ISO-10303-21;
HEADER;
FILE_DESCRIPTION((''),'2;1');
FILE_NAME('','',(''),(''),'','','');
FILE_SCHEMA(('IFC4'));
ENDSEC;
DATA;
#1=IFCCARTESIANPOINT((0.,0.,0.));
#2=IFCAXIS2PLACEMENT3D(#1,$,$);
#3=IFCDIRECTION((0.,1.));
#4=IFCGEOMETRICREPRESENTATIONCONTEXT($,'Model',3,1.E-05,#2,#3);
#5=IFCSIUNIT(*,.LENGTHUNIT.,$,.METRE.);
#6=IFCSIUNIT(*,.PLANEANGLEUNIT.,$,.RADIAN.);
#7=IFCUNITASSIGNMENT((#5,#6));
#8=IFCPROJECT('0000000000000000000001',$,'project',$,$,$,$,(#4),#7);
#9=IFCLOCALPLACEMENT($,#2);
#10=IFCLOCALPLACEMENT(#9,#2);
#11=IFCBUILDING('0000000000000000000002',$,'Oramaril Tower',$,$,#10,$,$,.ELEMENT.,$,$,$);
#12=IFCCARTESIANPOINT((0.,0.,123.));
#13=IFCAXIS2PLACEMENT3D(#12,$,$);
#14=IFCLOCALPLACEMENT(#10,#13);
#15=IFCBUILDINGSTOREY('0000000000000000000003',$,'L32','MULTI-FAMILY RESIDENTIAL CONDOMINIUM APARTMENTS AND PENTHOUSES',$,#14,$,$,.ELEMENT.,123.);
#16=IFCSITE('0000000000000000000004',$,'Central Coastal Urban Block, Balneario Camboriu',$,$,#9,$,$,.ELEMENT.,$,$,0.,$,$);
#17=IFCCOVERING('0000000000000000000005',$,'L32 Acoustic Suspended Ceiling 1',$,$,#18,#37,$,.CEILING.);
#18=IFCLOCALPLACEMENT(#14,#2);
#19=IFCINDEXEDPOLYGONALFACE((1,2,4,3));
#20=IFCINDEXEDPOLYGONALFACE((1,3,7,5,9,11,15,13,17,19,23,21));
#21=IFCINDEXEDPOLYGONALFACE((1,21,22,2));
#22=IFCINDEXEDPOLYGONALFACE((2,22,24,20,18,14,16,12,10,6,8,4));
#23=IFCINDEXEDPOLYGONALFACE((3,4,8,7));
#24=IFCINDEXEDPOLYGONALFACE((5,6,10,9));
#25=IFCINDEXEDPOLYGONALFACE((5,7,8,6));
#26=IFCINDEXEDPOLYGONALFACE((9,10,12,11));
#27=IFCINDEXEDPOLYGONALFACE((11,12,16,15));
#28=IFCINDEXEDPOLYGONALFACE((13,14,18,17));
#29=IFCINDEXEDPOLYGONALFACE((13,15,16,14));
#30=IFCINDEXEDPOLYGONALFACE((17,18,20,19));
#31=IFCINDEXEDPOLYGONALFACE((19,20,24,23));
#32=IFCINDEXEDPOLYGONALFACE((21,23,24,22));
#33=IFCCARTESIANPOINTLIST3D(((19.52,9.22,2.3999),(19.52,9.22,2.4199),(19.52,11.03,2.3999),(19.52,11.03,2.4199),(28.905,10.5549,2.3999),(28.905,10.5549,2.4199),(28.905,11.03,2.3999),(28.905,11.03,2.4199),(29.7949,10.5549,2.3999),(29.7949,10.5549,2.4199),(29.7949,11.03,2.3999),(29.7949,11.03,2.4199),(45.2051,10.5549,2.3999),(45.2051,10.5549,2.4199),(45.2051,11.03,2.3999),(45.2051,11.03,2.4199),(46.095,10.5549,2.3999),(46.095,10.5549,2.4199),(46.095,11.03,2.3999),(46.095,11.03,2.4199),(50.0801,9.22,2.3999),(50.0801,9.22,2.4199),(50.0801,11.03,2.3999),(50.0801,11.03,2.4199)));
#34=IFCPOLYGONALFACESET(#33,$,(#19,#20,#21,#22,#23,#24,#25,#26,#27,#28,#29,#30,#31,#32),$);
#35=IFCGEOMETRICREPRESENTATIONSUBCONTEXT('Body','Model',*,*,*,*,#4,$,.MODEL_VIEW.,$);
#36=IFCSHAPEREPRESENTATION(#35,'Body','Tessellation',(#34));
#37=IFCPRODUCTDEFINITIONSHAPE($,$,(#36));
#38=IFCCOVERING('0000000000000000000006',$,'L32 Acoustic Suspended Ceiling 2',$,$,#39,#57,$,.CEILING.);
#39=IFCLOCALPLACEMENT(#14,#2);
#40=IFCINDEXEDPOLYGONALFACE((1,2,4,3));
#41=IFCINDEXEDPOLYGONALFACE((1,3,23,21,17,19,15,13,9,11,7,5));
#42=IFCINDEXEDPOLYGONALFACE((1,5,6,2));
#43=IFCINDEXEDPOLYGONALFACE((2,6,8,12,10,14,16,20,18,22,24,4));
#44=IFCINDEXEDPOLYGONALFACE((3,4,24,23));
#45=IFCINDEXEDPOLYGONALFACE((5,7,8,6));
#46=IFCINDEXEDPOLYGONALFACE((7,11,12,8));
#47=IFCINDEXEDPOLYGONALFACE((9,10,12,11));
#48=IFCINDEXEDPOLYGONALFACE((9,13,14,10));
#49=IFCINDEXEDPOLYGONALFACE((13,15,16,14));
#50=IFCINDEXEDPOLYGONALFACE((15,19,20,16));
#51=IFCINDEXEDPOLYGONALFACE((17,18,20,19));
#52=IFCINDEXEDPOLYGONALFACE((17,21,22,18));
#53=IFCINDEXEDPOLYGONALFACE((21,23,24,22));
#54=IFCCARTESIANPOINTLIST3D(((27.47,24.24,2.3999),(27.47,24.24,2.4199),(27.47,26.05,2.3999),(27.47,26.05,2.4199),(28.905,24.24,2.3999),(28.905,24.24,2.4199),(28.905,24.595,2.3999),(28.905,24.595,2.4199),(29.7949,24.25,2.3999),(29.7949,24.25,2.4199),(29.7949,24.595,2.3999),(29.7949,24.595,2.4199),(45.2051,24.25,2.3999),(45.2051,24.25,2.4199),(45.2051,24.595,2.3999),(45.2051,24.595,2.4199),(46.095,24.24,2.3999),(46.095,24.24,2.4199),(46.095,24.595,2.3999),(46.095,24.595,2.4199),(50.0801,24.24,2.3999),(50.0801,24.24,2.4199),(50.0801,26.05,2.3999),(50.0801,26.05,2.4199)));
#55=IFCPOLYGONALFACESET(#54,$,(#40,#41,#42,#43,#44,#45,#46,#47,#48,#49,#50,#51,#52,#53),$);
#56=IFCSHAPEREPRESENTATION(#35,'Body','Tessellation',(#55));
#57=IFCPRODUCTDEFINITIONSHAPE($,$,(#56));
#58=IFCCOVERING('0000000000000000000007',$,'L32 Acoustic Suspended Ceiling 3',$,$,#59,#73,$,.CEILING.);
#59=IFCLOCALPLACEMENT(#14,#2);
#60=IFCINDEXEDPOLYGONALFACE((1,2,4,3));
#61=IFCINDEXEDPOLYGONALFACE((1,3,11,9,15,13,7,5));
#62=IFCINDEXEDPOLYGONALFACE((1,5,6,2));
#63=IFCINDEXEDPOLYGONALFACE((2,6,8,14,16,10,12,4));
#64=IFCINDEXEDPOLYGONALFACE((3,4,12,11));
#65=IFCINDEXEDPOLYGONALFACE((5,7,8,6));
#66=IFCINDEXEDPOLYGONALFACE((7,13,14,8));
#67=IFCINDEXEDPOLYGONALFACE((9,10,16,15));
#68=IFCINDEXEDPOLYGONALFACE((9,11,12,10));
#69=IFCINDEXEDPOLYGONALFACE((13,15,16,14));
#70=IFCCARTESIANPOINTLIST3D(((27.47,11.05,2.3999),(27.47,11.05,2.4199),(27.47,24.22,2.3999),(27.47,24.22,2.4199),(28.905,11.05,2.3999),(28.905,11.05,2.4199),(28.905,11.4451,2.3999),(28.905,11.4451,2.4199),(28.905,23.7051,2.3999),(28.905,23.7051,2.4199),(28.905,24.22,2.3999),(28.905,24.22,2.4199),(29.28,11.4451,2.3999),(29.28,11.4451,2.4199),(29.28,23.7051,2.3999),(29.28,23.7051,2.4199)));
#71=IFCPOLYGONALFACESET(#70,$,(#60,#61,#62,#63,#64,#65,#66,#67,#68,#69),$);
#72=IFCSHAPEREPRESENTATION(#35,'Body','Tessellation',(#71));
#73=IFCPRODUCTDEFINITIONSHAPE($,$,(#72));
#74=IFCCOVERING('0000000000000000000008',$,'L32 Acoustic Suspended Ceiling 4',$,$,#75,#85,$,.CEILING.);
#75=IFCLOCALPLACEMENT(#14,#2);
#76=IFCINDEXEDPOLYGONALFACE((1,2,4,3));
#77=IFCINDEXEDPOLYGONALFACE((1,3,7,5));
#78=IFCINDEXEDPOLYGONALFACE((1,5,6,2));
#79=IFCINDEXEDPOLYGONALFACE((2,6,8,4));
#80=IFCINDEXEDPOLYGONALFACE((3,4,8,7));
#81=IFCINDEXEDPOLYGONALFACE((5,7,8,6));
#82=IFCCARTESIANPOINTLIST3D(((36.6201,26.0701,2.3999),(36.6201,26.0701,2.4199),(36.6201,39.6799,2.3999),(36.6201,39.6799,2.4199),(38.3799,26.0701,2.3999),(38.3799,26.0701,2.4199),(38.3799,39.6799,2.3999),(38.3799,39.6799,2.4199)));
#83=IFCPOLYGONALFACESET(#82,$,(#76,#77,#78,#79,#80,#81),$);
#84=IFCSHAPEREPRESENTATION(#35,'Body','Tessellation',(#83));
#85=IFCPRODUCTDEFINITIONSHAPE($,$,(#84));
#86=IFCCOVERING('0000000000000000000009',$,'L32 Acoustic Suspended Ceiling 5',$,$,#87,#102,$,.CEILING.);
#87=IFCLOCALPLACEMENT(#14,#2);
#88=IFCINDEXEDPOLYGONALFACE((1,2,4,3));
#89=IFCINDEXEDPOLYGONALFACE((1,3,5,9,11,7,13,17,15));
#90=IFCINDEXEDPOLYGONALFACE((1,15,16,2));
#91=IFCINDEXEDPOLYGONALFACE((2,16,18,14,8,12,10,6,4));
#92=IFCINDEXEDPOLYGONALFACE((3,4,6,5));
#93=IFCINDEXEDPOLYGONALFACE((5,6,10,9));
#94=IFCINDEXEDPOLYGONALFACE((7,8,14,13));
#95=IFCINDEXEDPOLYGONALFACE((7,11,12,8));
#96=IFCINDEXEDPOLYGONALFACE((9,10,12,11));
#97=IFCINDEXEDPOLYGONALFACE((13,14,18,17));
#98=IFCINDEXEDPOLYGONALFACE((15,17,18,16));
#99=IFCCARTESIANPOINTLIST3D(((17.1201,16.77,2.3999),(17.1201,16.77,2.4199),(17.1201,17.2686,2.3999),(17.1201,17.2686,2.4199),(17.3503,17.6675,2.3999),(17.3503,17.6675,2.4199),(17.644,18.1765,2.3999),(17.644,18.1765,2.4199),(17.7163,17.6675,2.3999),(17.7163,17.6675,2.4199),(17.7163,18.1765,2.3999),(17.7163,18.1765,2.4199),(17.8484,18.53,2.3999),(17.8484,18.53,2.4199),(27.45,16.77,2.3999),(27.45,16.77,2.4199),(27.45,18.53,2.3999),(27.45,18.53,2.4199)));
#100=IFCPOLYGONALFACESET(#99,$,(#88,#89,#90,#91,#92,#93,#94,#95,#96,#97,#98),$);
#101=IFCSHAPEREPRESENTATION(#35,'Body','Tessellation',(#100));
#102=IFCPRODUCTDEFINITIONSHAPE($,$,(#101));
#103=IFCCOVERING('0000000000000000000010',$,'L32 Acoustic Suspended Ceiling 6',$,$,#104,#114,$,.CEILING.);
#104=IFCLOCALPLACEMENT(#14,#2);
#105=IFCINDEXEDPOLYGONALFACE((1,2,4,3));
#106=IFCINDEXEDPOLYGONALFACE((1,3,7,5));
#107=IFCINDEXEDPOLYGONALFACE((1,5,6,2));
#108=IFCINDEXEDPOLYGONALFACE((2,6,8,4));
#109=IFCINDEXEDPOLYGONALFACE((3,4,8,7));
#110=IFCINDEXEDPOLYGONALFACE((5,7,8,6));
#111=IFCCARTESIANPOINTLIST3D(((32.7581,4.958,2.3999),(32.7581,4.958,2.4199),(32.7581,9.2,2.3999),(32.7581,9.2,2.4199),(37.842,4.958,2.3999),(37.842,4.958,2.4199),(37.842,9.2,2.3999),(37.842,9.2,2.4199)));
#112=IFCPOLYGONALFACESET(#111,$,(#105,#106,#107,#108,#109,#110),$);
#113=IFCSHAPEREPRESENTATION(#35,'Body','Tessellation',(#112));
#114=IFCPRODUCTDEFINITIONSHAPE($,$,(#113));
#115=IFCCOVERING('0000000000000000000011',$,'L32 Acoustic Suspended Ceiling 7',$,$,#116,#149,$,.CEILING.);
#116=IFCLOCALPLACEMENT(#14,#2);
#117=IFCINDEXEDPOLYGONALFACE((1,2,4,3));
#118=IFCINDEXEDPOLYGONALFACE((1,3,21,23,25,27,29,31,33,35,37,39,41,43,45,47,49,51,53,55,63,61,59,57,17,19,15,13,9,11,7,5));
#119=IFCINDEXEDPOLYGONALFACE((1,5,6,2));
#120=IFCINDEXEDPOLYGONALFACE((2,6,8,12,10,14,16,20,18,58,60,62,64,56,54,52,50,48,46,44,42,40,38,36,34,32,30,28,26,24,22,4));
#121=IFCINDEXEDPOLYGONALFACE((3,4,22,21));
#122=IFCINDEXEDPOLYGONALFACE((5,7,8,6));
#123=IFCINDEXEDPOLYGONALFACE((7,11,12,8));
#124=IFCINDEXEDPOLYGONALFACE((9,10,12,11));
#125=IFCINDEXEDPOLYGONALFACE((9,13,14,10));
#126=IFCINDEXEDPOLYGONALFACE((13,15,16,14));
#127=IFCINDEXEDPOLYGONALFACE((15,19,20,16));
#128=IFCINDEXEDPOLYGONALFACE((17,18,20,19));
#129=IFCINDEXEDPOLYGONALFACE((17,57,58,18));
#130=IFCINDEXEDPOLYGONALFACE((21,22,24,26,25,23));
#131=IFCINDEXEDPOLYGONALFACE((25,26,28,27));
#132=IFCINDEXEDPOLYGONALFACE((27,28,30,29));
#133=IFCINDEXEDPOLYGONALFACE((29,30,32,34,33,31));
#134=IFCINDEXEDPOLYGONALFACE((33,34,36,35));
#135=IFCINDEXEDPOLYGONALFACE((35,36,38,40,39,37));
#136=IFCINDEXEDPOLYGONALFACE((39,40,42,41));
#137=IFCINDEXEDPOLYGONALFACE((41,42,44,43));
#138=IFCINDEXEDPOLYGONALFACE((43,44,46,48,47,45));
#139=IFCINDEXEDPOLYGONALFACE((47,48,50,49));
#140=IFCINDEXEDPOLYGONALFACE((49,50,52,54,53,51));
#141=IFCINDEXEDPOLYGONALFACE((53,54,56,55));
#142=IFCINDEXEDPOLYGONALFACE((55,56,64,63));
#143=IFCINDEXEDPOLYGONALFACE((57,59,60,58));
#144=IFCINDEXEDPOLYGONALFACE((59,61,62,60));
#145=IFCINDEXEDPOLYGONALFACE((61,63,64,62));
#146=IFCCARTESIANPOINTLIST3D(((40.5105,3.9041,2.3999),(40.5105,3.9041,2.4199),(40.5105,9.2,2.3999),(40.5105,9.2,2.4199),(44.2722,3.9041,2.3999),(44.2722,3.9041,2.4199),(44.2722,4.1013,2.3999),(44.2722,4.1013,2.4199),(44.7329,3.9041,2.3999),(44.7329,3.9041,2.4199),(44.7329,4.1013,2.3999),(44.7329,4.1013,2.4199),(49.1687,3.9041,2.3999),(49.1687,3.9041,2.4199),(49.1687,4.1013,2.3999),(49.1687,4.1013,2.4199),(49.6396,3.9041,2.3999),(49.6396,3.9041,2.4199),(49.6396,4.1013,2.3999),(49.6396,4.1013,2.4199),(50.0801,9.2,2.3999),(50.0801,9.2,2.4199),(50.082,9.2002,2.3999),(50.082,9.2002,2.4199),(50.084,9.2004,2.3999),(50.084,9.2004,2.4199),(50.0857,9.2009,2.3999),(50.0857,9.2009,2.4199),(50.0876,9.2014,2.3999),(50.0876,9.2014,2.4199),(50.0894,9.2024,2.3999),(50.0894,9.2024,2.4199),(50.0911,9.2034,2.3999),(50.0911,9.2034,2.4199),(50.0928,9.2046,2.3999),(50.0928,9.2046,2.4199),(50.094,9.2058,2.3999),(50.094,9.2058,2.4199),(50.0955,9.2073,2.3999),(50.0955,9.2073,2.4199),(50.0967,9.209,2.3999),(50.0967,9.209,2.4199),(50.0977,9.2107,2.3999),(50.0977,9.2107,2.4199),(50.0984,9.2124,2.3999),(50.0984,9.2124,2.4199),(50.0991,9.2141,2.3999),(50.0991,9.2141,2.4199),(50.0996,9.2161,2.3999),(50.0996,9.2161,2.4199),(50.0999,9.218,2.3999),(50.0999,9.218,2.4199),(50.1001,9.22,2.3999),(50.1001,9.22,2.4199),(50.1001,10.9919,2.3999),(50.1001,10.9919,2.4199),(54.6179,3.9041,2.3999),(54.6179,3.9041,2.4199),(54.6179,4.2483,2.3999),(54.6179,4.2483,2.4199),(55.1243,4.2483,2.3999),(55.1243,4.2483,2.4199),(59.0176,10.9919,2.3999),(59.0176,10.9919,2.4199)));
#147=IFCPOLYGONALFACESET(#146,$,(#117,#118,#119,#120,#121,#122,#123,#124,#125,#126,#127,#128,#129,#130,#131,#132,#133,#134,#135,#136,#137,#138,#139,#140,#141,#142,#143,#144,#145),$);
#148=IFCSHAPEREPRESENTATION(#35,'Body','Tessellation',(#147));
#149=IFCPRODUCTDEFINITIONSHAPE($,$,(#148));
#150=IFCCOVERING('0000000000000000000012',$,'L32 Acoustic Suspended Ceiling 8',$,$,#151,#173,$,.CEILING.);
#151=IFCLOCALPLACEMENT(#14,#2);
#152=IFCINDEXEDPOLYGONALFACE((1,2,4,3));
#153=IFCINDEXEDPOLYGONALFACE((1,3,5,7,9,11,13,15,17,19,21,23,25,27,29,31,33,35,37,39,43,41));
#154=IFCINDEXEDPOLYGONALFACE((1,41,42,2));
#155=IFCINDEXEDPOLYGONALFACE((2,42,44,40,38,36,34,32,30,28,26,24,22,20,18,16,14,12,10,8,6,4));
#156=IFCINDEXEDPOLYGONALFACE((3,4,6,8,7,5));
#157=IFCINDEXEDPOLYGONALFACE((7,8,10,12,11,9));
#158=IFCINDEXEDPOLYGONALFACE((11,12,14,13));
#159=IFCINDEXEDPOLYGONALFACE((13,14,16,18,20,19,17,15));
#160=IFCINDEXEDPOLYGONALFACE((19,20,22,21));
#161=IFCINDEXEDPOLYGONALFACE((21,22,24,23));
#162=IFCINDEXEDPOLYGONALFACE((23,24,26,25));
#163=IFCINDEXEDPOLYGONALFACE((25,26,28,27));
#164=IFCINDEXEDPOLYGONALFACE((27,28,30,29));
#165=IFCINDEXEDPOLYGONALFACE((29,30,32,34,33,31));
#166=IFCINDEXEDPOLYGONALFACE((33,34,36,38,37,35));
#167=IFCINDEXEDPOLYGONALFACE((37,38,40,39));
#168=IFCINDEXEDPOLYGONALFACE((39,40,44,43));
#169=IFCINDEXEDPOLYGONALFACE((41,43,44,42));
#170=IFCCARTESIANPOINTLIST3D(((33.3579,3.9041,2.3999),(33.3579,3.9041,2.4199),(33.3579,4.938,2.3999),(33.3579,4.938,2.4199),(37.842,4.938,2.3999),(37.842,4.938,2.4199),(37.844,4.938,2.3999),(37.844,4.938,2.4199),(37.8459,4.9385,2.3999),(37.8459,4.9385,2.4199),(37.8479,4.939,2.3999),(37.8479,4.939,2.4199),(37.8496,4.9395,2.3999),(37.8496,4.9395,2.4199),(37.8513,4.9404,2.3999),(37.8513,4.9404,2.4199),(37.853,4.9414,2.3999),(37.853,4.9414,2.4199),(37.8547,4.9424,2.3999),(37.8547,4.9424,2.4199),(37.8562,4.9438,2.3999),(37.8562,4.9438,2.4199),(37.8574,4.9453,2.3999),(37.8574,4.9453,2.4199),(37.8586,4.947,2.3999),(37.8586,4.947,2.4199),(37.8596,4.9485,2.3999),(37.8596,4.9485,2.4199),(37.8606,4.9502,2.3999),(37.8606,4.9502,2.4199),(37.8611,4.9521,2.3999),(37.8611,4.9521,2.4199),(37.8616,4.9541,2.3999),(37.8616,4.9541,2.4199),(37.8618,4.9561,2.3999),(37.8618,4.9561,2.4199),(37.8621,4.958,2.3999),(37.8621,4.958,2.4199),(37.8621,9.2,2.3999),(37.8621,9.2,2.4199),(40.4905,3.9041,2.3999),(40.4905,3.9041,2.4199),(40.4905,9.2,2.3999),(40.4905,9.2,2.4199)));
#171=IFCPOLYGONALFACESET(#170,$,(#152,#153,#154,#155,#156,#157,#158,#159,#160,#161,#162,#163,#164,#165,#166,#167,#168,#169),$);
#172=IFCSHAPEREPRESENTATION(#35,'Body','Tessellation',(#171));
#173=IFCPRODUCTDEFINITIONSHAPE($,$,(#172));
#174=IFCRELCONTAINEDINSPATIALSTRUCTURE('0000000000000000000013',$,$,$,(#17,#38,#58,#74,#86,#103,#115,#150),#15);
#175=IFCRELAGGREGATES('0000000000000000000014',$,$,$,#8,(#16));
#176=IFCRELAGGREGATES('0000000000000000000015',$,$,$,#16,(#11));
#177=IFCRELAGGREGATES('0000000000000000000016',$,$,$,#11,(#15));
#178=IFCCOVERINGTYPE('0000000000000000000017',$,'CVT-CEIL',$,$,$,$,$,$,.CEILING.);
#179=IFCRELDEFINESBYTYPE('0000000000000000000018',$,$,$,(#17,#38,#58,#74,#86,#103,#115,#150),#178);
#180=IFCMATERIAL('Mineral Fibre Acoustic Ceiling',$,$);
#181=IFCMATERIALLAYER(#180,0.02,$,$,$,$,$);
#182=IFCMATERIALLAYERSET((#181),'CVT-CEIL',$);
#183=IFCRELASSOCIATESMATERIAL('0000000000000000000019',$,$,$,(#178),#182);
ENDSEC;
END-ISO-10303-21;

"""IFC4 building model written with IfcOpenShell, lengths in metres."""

from ifc_helpers import new_model, si_unit, direction, frame, origin, place, context, subcontext, project, spatial, polyline, outline, extrude, material, layer, layer_set, type_object, element, save


model = new_model("IFC4")

# Units and contexts
model_context = context("Model", 3, precision=1e-05, world=origin(), true_north=direction((0.0, 1.0)))
body_context = subcontext(model_context, "Body", "Model", "MODEL_VIEW")
ifc_project = project(units=[si_unit("LENGTHUNIT", "METRE"), si_unit("PLANEANGLEUNIT", "RADIAN")], contexts=[model_context])

# Site, building, storey
site_placement = place(None, origin())
site = spatial("IfcSite", under=ifc_project, at=site_placement, Name="Central Coastal Urban Block, Balneario Camboriu", CompositionType="ELEMENT", RefElevation=0.0)
building_placement = place(site_placement, origin())
building = spatial("IfcBuilding", under=site, at=building_placement, Name="Oramaril Tower", CompositionType="ELEMENT")
storey_placement = place(building_placement, frame((0.0, 0.0, 123.0)))
storey = spatial("IfcBuildingStorey", under=building, at=storey_placement, Name="L32", Description="MULTI-FAMILY RESIDENTIAL CONDOMINIUM APARTMENTS AND PENTHOUSES", CompositionType="ELEMENT", Elevation=123.0)

# Coverings
ifc_material_1 = material(Name="Mineral Fibre Acoustic Ceiling")
ifc_layer_1 = layer(ifc_material_1, 0.02)
ifc_layer_set_1 = layer_set([ifc_layer_1], Name="CVT-CEIL")
covering_type_1 = type_object("IfcCoveringType", Name="CVT-CEIL", PredefinedType="CEILING", material=ifc_layer_set_1)
covering_1_placement = place(storey_placement, frame((0.0, 0.0, 2.3999)))
element("IfcCovering", 1, at=covering_1_placement, inside=storey, type_object=covering_type_1, Name="L32 Acoustic Suspended Ceiling 1", PredefinedType="CEILING", context=body_context, shape_type="SweptSolid", body=[
    extrude(outline(polyline([(28.905, 10.5549), (29.7949, 10.5549), (29.7949, 11.03), (45.2051, 11.03), (45.2051, 10.5549), (46.095, 10.5549), (46.095, 11.03), (50.0801, 11.03), (50.0801, 9.22), (19.52, 9.22), (19.52, 11.03), (28.905, 11.03), (28.905, 10.5549)])), origin(), (0.0, 0.0, 1.0), 0.02),
])
covering_2_placement = place(storey_placement, frame((0.0, 0.0, 2.3999)))
element("IfcCovering", 2, at=covering_2_placement, inside=storey, type_object=covering_type_1, Name="L32 Acoustic Suspended Ceiling 2", PredefinedType="CEILING", context=body_context, shape_type="SweptSolid", body=[
    extrude(outline(polyline([(50.0801, 24.24), (46.095, 24.24), (46.095, 24.595), (45.2051, 24.595), (45.2051, 24.25), (29.7949, 24.25), (29.7949, 24.595), (28.905, 24.595), (28.905, 24.24), (27.47, 24.24), (27.47, 26.05), (50.0801, 26.05), (50.0801, 24.24)])), origin(), (0.0, 0.0, 1.0), 0.02),
])
covering_3_placement = place(storey_placement, frame((0.0, 0.0, 2.3999)))
element("IfcCovering", 3, at=covering_3_placement, inside=storey, type_object=covering_type_1, Name="L32 Acoustic Suspended Ceiling 3", PredefinedType="CEILING", context=body_context, shape_type="SweptSolid", body=[
    extrude(outline(polyline([(28.905, 23.7051), (29.28, 23.7051), (29.28, 11.4451), (28.905, 11.4451), (28.905, 11.05), (27.47, 11.05), (27.47, 24.22), (28.905, 24.22), (28.905, 23.7051)])), origin(), (0.0, 0.0, 1.0), 0.02),
])
covering_4_placement = place(storey_placement, frame((0.0, 0.0, 2.3999)))
element("IfcCovering", 4, at=covering_4_placement, inside=storey, type_object=covering_type_1, Name="L32 Acoustic Suspended Ceiling 4", PredefinedType="CEILING", context=body_context, shape_type="SweptSolid", body=[
    extrude(outline(polyline([(38.3799, 26.0701), (36.6201, 26.0701), (36.6201, 39.6799), (38.3799, 39.6799), (38.3799, 26.0701)])), origin(), (0.0, 0.0, 1.0), 0.02),
])
covering_5_placement = place(storey_placement, frame((0.0, 0.0, 2.3999)))
element("IfcCovering", 5, at=covering_5_placement, inside=storey, type_object=covering_type_1, Name="L32 Acoustic Suspended Ceiling 5", PredefinedType="CEILING", context=body_context, shape_type="SweptSolid", body=[
    extrude(outline(polyline([(17.1201, 16.77), (17.1201, 17.2686), (17.3503, 17.6675), (17.7163, 17.6675), (17.7163, 18.1765), (17.644, 18.1765), (17.8484, 18.53), (27.45, 18.53), (27.45, 16.77), (17.1201, 16.77)])), origin(), (0.0, 0.0, 1.0), 0.02),
])
covering_6_placement = place(storey_placement, frame((0.0, 0.0, 2.3999)))
element("IfcCovering", 6, at=covering_6_placement, inside=storey, type_object=covering_type_1, Name="L32 Acoustic Suspended Ceiling 6", PredefinedType="CEILING", context=body_context, shape_type="SweptSolid", body=[
    extrude(outline(polyline([(32.7581, 4.958), (32.7581, 9.2), (37.842, 9.2), (37.842, 4.958), (32.7581, 4.958)])), origin(), (0.0, 0.0, 1.0), 0.02),
])
covering_7_placement = place(storey_placement, frame((0.0, 0.0, 2.3999)))
element("IfcCovering", 7, at=covering_7_placement, inside=storey, type_object=covering_type_1, Name="L32 Acoustic Suspended Ceiling 7", PredefinedType="CEILING", context=body_context, shape_type="SweptSolid", body=[
    extrude(outline(polyline([(55.1243, 4.2483), (54.6179, 4.2483), (54.6179, 3.9041), (49.6396, 3.9041), (49.6396, 4.1013), (49.1687, 4.1013), (49.1687, 3.9041), (44.7329, 3.9041), (44.7329, 4.1013), (44.2722, 4.1013), (44.2722, 3.9041), (40.5105, 3.9041), (40.5105, 9.2), (50.0801, 9.2), (50.082, 9.2002), (50.084, 9.2004), (50.0857, 9.2009), (50.0876, 9.2014), (50.0894, 9.2024), (50.0911, 9.2034), (50.0928, 9.2046), (50.094, 9.2058), (50.0955, 9.2073), (50.0967, 9.209), (50.0977, 9.2107), (50.0984, 9.2124), (50.0991, 9.2141), (50.0996, 9.2161), (50.0999, 9.218), (50.1001, 9.22), (50.1001, 10.9919), (59.0176, 10.9919), (55.1243, 4.2483)])), origin(), (0.0, 0.0, 1.0), 0.02),
])
covering_8_placement = place(storey_placement, frame((0.0, 0.0, 2.3999)))
element("IfcCovering", 8, at=covering_8_placement, inside=storey, type_object=covering_type_1, Name="L32 Acoustic Suspended Ceiling 8", PredefinedType="CEILING", context=body_context, shape_type="SweptSolid", body=[
    extrude(outline(polyline([(33.3579, 3.9041), (33.3579, 4.938), (37.842, 4.938), (37.844, 4.938), (37.8459, 4.9385), (37.8479, 4.939), (37.8496, 4.9395), (37.8513, 4.9404), (37.853, 4.9414), (37.8547, 4.9424), (37.8562, 4.9438), (37.8574, 4.9453), (37.8586, 4.947), (37.8596, 4.9485), (37.8606, 4.9502), (37.8611, 4.9521), (37.8616, 4.9541), (37.8618, 4.9561), (37.8621, 4.958), (37.8621, 9.2), (40.4905, 9.2), (40.4905, 3.9041), (33.3579, 3.9041)])), origin(), (0.0, 0.0, 1.0), 0.02),
])

save(model, "model.ifc")
